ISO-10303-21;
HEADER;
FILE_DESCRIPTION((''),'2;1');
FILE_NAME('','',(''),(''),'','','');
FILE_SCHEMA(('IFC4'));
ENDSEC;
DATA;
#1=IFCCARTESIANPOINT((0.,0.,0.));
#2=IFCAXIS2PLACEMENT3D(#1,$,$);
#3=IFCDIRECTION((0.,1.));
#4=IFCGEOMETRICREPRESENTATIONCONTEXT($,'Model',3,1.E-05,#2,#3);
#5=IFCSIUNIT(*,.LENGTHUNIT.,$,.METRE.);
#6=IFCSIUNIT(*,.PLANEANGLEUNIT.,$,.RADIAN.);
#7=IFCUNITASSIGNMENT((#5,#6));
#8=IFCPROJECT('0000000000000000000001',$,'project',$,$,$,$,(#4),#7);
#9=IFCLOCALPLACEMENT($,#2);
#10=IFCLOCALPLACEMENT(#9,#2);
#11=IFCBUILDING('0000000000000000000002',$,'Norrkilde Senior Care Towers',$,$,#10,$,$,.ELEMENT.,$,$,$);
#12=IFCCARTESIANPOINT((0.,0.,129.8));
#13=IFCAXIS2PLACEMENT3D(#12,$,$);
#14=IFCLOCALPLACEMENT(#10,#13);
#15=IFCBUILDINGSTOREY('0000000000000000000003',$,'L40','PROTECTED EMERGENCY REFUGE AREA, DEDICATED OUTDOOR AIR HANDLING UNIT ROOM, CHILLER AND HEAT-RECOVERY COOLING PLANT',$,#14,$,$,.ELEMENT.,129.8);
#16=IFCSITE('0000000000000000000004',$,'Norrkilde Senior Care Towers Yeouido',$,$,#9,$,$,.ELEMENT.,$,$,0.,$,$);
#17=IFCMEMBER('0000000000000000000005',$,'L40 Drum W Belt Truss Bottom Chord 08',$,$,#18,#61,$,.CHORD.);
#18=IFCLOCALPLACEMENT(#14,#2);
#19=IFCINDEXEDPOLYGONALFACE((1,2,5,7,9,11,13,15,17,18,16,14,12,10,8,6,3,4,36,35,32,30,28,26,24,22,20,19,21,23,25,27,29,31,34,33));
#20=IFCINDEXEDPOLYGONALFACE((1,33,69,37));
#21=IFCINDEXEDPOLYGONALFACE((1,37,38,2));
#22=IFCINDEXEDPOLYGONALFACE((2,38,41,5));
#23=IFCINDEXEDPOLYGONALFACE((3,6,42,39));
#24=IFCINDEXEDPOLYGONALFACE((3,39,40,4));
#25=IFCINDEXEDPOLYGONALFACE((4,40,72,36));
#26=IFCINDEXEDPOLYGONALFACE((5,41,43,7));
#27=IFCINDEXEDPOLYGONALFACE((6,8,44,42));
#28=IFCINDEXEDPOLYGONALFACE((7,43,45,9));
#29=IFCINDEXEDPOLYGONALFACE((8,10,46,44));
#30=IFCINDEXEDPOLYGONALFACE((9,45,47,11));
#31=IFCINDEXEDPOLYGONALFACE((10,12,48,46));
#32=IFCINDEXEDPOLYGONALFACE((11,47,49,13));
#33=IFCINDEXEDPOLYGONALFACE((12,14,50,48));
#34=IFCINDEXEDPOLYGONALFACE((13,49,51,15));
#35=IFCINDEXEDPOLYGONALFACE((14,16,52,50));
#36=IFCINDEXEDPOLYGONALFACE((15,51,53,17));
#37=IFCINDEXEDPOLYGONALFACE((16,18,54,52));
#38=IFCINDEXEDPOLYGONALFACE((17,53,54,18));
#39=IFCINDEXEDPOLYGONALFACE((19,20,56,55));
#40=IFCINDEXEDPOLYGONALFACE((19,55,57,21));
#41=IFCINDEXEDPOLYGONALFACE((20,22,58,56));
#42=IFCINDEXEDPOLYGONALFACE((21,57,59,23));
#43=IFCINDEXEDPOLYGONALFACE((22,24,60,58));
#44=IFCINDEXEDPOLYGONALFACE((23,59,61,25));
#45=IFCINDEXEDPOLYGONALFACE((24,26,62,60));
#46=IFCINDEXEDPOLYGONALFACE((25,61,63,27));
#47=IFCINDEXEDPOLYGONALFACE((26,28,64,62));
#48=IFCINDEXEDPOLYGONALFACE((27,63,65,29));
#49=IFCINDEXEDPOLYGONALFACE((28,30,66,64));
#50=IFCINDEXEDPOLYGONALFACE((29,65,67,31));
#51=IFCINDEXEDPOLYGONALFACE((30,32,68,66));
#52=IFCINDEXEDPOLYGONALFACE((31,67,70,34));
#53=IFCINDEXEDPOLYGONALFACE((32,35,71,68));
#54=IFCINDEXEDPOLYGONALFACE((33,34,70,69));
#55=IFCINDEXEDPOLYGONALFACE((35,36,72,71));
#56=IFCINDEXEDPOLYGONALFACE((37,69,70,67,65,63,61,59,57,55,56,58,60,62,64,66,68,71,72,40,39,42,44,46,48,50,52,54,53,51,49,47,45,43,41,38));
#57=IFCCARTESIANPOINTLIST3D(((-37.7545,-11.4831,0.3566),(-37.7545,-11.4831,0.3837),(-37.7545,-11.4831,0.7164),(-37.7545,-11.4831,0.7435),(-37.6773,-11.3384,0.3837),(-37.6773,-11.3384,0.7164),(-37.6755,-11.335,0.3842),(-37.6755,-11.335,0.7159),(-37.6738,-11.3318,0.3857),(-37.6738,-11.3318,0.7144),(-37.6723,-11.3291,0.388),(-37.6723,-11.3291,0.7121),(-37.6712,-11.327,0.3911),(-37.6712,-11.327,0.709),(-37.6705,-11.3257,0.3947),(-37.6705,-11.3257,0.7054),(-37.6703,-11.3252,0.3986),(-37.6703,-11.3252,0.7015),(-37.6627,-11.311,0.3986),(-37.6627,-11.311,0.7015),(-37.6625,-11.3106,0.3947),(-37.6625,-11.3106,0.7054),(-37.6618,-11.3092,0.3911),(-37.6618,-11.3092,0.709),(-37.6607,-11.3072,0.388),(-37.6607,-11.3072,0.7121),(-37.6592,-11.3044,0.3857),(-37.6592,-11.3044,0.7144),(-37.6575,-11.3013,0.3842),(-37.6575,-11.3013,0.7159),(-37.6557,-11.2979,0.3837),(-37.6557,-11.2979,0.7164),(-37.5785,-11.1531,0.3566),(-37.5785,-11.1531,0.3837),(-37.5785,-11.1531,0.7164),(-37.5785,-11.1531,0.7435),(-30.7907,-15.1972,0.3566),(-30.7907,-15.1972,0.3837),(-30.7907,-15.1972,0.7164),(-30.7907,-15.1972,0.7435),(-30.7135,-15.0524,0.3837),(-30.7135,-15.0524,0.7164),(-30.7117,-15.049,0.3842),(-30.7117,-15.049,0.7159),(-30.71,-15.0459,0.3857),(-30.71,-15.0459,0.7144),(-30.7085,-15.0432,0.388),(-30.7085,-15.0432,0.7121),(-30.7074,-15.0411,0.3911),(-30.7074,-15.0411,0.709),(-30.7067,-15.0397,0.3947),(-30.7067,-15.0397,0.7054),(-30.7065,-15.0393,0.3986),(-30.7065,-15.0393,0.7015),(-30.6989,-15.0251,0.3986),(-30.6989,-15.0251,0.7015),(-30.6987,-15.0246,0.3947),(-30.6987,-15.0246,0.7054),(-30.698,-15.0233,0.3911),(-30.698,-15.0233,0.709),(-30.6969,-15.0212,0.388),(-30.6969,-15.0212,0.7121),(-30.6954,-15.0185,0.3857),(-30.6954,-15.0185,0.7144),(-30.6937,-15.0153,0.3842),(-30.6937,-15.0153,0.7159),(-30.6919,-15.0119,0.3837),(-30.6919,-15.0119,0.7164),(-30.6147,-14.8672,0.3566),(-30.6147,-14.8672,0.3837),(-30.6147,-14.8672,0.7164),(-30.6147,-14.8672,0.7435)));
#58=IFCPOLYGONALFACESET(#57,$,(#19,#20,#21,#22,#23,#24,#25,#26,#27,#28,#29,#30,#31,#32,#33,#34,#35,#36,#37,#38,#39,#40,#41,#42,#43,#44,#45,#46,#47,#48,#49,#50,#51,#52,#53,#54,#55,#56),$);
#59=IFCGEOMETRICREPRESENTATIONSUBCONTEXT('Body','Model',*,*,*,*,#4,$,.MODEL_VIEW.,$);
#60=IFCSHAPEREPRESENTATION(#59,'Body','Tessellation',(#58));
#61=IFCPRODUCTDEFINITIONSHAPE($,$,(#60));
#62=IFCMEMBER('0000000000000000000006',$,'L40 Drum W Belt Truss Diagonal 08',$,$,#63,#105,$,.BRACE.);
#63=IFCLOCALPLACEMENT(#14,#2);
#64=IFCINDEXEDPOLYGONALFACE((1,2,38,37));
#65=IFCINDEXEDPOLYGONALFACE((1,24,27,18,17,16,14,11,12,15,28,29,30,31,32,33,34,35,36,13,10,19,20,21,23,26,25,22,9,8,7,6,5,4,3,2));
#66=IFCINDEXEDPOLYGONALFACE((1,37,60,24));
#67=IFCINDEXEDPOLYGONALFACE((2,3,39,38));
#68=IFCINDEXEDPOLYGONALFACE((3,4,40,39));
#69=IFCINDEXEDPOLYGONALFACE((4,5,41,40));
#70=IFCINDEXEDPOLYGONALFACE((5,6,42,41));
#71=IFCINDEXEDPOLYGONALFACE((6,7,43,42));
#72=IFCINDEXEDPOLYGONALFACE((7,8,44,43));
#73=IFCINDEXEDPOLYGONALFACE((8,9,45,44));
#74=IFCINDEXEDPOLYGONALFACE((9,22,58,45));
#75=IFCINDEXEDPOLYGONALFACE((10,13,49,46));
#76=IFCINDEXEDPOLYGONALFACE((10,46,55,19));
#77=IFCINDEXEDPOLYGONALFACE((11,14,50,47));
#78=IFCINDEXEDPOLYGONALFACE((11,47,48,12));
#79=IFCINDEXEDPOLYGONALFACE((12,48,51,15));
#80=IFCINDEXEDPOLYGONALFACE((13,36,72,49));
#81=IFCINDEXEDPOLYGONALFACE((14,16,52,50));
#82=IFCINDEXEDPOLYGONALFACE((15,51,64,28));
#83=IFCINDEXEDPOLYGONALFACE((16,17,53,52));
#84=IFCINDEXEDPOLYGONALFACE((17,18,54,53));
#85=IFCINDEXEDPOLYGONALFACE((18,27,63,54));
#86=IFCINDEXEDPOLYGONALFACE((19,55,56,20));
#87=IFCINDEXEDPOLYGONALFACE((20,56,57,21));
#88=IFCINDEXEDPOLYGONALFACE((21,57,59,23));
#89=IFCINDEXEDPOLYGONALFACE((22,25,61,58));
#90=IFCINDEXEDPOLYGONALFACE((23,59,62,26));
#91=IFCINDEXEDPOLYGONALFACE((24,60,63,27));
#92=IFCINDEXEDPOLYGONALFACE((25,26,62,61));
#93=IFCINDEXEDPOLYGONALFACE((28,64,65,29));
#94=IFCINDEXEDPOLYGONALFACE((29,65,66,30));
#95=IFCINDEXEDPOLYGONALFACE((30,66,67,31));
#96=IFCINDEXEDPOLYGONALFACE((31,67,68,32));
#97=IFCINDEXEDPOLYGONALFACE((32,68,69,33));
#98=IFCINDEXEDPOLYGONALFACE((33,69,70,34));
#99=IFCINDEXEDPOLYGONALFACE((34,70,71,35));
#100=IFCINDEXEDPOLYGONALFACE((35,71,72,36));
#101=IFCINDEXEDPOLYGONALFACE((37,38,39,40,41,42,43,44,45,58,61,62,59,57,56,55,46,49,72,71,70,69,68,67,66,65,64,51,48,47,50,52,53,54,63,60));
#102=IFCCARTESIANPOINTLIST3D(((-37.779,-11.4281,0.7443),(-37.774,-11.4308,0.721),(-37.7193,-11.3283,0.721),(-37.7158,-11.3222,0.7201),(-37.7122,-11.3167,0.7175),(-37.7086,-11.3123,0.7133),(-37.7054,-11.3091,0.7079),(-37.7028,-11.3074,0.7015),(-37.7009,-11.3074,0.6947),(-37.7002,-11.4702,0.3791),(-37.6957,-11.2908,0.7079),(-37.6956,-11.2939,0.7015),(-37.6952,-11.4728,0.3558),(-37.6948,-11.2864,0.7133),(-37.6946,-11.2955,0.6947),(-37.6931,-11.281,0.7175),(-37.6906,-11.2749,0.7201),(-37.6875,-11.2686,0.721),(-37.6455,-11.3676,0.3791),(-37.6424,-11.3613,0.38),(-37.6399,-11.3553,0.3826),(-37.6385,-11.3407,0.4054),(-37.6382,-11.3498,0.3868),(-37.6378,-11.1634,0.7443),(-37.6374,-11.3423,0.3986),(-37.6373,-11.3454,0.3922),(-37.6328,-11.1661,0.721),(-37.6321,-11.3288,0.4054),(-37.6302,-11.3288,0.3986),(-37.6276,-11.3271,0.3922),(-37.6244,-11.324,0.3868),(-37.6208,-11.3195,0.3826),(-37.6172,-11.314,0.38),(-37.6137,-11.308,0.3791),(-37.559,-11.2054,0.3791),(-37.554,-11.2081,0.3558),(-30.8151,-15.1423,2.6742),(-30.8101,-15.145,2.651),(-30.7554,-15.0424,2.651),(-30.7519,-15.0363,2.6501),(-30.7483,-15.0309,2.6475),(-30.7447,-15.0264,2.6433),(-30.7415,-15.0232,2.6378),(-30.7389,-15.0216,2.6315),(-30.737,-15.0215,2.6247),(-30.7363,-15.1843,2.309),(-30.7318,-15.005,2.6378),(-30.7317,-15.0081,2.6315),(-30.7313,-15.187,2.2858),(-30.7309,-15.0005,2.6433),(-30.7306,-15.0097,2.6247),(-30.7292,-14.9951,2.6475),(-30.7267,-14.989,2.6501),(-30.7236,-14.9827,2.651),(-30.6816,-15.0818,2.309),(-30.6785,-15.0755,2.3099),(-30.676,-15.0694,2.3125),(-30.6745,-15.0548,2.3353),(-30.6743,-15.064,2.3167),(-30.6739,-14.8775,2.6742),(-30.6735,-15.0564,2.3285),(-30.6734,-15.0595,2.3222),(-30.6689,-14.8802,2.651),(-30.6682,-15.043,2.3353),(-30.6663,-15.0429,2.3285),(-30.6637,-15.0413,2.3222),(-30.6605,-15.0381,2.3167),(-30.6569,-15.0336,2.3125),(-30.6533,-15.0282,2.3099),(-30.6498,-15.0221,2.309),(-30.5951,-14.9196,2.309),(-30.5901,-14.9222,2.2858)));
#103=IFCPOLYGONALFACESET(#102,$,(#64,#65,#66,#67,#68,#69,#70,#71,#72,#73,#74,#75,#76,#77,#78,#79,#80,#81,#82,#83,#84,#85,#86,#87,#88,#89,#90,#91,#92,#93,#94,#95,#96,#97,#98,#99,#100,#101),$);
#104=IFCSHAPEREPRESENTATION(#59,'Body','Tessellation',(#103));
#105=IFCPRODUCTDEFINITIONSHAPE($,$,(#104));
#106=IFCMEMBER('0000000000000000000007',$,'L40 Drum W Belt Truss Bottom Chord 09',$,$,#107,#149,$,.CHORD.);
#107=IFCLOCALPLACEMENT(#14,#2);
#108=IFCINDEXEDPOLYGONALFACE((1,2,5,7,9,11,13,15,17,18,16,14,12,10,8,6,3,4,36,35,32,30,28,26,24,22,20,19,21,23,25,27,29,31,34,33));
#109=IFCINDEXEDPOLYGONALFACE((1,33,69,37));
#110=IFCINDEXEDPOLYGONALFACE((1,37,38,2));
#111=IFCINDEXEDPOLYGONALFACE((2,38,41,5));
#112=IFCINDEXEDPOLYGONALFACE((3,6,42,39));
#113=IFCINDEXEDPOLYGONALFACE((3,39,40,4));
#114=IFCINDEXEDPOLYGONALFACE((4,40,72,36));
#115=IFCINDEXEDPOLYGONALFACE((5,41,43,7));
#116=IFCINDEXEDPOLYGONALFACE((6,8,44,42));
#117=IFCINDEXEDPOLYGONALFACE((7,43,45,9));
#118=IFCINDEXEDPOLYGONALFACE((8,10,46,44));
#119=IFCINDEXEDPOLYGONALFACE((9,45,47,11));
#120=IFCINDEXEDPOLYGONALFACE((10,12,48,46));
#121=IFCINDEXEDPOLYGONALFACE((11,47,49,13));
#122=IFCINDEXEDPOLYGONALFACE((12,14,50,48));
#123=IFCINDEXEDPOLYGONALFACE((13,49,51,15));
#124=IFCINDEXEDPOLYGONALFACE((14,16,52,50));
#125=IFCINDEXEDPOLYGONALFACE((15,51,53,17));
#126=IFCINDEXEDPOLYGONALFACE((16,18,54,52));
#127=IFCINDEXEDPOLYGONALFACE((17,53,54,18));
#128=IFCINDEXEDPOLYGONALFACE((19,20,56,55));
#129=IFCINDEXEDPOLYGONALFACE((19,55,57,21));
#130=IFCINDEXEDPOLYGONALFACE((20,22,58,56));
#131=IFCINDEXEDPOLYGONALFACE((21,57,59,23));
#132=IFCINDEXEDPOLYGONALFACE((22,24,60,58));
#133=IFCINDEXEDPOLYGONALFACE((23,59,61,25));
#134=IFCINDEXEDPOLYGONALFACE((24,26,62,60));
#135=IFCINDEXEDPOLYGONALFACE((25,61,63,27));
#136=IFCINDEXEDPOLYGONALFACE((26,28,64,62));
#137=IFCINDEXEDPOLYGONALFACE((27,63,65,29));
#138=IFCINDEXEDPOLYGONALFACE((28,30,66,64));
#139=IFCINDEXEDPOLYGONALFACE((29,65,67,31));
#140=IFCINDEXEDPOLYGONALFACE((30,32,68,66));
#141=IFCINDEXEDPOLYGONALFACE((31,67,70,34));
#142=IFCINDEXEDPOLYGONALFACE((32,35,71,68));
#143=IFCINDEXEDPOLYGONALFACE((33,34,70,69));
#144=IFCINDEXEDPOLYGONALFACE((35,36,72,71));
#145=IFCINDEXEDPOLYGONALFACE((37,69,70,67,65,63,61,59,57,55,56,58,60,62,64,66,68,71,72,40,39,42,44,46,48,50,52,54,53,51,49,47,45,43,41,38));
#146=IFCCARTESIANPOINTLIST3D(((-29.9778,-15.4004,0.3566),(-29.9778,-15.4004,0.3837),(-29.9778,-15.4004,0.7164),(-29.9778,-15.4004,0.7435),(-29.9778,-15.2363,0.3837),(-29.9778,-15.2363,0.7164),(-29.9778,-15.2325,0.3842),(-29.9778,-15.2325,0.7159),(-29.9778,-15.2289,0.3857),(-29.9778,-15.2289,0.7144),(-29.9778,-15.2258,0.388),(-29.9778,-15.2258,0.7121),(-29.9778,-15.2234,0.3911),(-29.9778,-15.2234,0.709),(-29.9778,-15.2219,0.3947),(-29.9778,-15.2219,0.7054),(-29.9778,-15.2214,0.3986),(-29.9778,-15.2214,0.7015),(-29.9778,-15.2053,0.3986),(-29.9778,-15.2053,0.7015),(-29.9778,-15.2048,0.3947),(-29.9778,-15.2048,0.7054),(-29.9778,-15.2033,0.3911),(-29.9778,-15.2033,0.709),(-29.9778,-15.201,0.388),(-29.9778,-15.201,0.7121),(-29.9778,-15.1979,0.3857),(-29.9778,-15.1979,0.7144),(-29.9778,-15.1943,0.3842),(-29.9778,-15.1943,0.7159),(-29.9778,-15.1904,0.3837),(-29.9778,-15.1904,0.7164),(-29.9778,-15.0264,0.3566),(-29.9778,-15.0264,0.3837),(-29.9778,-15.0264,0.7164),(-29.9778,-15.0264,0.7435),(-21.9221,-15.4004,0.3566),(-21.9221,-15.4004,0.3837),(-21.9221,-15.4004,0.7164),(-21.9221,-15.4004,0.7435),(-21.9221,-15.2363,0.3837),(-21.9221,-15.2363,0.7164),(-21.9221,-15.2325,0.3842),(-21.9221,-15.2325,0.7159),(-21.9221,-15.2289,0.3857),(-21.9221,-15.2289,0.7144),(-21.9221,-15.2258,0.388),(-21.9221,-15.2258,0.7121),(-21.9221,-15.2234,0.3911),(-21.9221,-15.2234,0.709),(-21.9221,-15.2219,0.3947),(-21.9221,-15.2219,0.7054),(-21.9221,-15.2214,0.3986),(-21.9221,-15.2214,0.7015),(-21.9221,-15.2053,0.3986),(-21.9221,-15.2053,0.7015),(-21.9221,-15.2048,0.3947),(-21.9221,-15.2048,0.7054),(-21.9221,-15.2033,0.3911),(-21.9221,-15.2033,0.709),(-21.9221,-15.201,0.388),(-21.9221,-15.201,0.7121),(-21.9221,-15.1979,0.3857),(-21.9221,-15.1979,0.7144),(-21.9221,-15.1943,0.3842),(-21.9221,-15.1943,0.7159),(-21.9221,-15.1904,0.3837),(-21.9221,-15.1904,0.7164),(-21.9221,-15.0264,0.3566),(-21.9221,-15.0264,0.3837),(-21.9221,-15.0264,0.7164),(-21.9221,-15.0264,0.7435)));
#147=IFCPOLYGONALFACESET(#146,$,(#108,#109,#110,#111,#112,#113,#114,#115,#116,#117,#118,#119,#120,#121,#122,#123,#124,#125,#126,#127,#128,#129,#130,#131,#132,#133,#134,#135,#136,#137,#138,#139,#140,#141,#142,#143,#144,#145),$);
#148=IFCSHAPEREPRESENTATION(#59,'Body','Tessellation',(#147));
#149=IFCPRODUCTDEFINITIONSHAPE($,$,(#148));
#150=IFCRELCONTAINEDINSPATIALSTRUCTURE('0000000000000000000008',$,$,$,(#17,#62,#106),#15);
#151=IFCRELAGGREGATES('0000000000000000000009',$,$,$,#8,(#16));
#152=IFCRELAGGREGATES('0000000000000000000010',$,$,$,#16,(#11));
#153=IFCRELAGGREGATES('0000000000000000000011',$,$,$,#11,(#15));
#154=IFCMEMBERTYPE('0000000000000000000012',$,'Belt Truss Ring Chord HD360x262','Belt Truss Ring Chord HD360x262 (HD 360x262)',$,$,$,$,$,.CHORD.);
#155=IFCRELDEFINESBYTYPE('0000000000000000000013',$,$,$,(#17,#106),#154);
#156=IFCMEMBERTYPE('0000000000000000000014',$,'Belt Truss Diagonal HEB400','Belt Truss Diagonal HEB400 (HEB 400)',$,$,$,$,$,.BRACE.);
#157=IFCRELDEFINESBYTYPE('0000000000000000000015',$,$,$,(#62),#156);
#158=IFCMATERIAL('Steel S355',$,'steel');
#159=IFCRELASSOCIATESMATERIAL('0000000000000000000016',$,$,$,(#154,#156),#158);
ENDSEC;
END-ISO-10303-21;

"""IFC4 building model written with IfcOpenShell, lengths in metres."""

from ifc_helpers import new_model, si_unit, direction, frame, origin, origin_2d, place, context, subcontext, project, spatial, i_section, extrude, source, transform, mapped, material, material_profile, profile_set, type_object, type_shapes, element, save


model = new_model("IFC4")

# Units and contexts
model_context = context("Model", 3, precision=1e-05, world=origin(), true_north=direction((0.0, 1.0)))
body_context = subcontext(model_context, "Body", "Model", "MODEL_VIEW")
ifc_project = project(units=[si_unit("LENGTHUNIT", "METRE"), si_unit("PLANEANGLEUNIT", "RADIAN")], contexts=[model_context])

# Site, building, storey
site_placement = place(None, origin())
site = spatial("IfcSite", under=ifc_project, at=site_placement, Name="Norrkilde Senior Care Towers Yeouido", CompositionType="ELEMENT", RefElevation=0.0)
building_placement = place(site_placement, origin())
building = spatial("IfcBuilding", under=site, at=building_placement, Name="Norrkilde Senior Care Towers", CompositionType="ELEMENT")
storey_placement = place(building_placement, frame((0.0, 0.0, 129.8)))
storey = spatial("IfcBuildingStorey", under=building, at=storey_placement, Name="L40", Description="PROTECTED EMERGENCY REFUGE AREA, DEDICATED OUTDOOR AIR HANDLING UNIT ROOM, CHILLER AND HEAT-RECOVERY COOLING PLANT", CompositionType="ELEMENT", Elevation=129.8)

# Members
ifc_material_1 = material(Name="Steel S355", Category="steel")
ifc_material_profile_1 = material_profile(ifc_material_1, i_section(OverallWidth=0.374, OverallDepth=0.387, WebThickness=0.0161, FlangeThickness=0.0271, FilletRadius=0.0149, at=origin_2d()), Name="HD 360x262")
ifc_profile_set_1 = profile_set([ifc_material_profile_1], Name="Steel S355")
member_type_1 = type_object("IfcMemberType", Name="Belt Truss Ring Chord HD360x262", Description="Belt Truss Ring Chord HD360x262 (HD 360x262)", PredefinedType="CHORD", material=ifc_profile_set_1)
shared_shape_1 = source(origin(), body_context, "Body", "SweptSolid", [
    extrude(i_section(OverallWidth=0.374, OverallDepth=0.387, WebThickness=0.0161, FlangeThickness=0.0271, FilletRadius=0.0149, at=origin_2d()), origin(), (0.0, 0.0, 1.0), 7.8923),
])
member_1_placement = place(storey_placement, frame((-37.6665, -11.3181, 0.55), z_axis=(0.88235, -0.470593, 0.0), x_axis=(0.470593, 0.88235, 0.0)))
element("IfcMember", 1, at=member_1_placement, inside=storey, type_object=member_type_1, Name="L40 Drum W Belt Truss Bottom Chord 08", PredefinedType="CHORD", context=body_context, shape_type="MappedRepresentation", body=[
    mapped(shared_shape_1, transform((0.0, 0.0, 0.0), x_axis=(1.0, 0.0, 0.0), y_axis=(0.0, 1.0, 0.0), z_axis=(0.0, 0.0, 1.0), scale=1.0)),
])
ifc_material_profile_2 = material_profile(ifc_material_1, i_section(OverallWidth=0.3, OverallDepth=0.3999, WebThickness=0.0134, FlangeThickness=0.0239, FilletRadius=0.0271, at=origin_2d()), Name="HEB 400")
ifc_profile_set_2 = profile_set([ifc_material_profile_2], Name="Steel S355")
member_type_2 = type_object("IfcMemberType", Name="Belt Truss Diagonal HEB400", Description="Belt Truss Diagonal HEB400 (HEB 400)", PredefinedType="BRACE", material=ifc_profile_set_2)
shared_shape_2 = source(origin(), body_context, "Body", "SweptSolid", [
    extrude(i_section(OverallWidth=0.3, OverallDepth=0.3999, WebThickness=0.0134, FlangeThickness=0.0239, FilletRadius=0.0271, at=origin_2d()), origin(), (0.0, 0.0, 1.0), 8.125),
])
member_2_placement = place(storey_placement, frame((-37.6665, -11.3181, 0.55), z_axis=(0.857097, -0.457125, 0.237532), x_axis=(0.470593, 0.88235, 0.0)))
element("IfcMember", 2, at=member_2_placement, inside=storey, type_object=member_type_2, Name="L40 Drum W Belt Truss Diagonal 08", PredefinedType="BRACE", context=body_context, shape_type="MappedRepresentation", body=[
    mapped(shared_shape_2, transform((0.0, 0.0, 0.0), x_axis=(1.0, 0.0, 0.0), y_axis=(0.0, 1.0, 0.0), z_axis=(0.0, 0.0, 1.0), scale=1.0)),
])
shared_shape_3 = source(origin(), body_context, "Body", "SweptSolid", [
    extrude(i_section(OverallWidth=0.374, OverallDepth=0.387, WebThickness=0.0161, FlangeThickness=0.0271, FilletRadius=0.0149, at=origin_2d()), origin(), (0.0, 0.0, 1.0), 8.0557),
])
type_shapes(member_type_1, [shared_shape_1, shared_shape_3])
member_3_placement = place(storey_placement, frame((-29.9778, -15.2134, 0.55), z_axis=(1.0, 0.0, 0.0), x_axis=(0.0, 1.0, 0.0)))
element("IfcMember", 3, at=member_3_placement, inside=storey, type_object=member_type_1, Name="L40 Drum W Belt Truss Bottom Chord 09", PredefinedType="CHORD", context=body_context, shape_type="MappedRepresentation", body=[
    mapped(shared_shape_3, transform((0.0, 0.0, 0.0), x_axis=(1.0, 0.0, 0.0), y_axis=(0.0, 1.0, 0.0), z_axis=(0.0, 0.0, 1.0), scale=1.0)),
])

save(model, "model.ifc")
